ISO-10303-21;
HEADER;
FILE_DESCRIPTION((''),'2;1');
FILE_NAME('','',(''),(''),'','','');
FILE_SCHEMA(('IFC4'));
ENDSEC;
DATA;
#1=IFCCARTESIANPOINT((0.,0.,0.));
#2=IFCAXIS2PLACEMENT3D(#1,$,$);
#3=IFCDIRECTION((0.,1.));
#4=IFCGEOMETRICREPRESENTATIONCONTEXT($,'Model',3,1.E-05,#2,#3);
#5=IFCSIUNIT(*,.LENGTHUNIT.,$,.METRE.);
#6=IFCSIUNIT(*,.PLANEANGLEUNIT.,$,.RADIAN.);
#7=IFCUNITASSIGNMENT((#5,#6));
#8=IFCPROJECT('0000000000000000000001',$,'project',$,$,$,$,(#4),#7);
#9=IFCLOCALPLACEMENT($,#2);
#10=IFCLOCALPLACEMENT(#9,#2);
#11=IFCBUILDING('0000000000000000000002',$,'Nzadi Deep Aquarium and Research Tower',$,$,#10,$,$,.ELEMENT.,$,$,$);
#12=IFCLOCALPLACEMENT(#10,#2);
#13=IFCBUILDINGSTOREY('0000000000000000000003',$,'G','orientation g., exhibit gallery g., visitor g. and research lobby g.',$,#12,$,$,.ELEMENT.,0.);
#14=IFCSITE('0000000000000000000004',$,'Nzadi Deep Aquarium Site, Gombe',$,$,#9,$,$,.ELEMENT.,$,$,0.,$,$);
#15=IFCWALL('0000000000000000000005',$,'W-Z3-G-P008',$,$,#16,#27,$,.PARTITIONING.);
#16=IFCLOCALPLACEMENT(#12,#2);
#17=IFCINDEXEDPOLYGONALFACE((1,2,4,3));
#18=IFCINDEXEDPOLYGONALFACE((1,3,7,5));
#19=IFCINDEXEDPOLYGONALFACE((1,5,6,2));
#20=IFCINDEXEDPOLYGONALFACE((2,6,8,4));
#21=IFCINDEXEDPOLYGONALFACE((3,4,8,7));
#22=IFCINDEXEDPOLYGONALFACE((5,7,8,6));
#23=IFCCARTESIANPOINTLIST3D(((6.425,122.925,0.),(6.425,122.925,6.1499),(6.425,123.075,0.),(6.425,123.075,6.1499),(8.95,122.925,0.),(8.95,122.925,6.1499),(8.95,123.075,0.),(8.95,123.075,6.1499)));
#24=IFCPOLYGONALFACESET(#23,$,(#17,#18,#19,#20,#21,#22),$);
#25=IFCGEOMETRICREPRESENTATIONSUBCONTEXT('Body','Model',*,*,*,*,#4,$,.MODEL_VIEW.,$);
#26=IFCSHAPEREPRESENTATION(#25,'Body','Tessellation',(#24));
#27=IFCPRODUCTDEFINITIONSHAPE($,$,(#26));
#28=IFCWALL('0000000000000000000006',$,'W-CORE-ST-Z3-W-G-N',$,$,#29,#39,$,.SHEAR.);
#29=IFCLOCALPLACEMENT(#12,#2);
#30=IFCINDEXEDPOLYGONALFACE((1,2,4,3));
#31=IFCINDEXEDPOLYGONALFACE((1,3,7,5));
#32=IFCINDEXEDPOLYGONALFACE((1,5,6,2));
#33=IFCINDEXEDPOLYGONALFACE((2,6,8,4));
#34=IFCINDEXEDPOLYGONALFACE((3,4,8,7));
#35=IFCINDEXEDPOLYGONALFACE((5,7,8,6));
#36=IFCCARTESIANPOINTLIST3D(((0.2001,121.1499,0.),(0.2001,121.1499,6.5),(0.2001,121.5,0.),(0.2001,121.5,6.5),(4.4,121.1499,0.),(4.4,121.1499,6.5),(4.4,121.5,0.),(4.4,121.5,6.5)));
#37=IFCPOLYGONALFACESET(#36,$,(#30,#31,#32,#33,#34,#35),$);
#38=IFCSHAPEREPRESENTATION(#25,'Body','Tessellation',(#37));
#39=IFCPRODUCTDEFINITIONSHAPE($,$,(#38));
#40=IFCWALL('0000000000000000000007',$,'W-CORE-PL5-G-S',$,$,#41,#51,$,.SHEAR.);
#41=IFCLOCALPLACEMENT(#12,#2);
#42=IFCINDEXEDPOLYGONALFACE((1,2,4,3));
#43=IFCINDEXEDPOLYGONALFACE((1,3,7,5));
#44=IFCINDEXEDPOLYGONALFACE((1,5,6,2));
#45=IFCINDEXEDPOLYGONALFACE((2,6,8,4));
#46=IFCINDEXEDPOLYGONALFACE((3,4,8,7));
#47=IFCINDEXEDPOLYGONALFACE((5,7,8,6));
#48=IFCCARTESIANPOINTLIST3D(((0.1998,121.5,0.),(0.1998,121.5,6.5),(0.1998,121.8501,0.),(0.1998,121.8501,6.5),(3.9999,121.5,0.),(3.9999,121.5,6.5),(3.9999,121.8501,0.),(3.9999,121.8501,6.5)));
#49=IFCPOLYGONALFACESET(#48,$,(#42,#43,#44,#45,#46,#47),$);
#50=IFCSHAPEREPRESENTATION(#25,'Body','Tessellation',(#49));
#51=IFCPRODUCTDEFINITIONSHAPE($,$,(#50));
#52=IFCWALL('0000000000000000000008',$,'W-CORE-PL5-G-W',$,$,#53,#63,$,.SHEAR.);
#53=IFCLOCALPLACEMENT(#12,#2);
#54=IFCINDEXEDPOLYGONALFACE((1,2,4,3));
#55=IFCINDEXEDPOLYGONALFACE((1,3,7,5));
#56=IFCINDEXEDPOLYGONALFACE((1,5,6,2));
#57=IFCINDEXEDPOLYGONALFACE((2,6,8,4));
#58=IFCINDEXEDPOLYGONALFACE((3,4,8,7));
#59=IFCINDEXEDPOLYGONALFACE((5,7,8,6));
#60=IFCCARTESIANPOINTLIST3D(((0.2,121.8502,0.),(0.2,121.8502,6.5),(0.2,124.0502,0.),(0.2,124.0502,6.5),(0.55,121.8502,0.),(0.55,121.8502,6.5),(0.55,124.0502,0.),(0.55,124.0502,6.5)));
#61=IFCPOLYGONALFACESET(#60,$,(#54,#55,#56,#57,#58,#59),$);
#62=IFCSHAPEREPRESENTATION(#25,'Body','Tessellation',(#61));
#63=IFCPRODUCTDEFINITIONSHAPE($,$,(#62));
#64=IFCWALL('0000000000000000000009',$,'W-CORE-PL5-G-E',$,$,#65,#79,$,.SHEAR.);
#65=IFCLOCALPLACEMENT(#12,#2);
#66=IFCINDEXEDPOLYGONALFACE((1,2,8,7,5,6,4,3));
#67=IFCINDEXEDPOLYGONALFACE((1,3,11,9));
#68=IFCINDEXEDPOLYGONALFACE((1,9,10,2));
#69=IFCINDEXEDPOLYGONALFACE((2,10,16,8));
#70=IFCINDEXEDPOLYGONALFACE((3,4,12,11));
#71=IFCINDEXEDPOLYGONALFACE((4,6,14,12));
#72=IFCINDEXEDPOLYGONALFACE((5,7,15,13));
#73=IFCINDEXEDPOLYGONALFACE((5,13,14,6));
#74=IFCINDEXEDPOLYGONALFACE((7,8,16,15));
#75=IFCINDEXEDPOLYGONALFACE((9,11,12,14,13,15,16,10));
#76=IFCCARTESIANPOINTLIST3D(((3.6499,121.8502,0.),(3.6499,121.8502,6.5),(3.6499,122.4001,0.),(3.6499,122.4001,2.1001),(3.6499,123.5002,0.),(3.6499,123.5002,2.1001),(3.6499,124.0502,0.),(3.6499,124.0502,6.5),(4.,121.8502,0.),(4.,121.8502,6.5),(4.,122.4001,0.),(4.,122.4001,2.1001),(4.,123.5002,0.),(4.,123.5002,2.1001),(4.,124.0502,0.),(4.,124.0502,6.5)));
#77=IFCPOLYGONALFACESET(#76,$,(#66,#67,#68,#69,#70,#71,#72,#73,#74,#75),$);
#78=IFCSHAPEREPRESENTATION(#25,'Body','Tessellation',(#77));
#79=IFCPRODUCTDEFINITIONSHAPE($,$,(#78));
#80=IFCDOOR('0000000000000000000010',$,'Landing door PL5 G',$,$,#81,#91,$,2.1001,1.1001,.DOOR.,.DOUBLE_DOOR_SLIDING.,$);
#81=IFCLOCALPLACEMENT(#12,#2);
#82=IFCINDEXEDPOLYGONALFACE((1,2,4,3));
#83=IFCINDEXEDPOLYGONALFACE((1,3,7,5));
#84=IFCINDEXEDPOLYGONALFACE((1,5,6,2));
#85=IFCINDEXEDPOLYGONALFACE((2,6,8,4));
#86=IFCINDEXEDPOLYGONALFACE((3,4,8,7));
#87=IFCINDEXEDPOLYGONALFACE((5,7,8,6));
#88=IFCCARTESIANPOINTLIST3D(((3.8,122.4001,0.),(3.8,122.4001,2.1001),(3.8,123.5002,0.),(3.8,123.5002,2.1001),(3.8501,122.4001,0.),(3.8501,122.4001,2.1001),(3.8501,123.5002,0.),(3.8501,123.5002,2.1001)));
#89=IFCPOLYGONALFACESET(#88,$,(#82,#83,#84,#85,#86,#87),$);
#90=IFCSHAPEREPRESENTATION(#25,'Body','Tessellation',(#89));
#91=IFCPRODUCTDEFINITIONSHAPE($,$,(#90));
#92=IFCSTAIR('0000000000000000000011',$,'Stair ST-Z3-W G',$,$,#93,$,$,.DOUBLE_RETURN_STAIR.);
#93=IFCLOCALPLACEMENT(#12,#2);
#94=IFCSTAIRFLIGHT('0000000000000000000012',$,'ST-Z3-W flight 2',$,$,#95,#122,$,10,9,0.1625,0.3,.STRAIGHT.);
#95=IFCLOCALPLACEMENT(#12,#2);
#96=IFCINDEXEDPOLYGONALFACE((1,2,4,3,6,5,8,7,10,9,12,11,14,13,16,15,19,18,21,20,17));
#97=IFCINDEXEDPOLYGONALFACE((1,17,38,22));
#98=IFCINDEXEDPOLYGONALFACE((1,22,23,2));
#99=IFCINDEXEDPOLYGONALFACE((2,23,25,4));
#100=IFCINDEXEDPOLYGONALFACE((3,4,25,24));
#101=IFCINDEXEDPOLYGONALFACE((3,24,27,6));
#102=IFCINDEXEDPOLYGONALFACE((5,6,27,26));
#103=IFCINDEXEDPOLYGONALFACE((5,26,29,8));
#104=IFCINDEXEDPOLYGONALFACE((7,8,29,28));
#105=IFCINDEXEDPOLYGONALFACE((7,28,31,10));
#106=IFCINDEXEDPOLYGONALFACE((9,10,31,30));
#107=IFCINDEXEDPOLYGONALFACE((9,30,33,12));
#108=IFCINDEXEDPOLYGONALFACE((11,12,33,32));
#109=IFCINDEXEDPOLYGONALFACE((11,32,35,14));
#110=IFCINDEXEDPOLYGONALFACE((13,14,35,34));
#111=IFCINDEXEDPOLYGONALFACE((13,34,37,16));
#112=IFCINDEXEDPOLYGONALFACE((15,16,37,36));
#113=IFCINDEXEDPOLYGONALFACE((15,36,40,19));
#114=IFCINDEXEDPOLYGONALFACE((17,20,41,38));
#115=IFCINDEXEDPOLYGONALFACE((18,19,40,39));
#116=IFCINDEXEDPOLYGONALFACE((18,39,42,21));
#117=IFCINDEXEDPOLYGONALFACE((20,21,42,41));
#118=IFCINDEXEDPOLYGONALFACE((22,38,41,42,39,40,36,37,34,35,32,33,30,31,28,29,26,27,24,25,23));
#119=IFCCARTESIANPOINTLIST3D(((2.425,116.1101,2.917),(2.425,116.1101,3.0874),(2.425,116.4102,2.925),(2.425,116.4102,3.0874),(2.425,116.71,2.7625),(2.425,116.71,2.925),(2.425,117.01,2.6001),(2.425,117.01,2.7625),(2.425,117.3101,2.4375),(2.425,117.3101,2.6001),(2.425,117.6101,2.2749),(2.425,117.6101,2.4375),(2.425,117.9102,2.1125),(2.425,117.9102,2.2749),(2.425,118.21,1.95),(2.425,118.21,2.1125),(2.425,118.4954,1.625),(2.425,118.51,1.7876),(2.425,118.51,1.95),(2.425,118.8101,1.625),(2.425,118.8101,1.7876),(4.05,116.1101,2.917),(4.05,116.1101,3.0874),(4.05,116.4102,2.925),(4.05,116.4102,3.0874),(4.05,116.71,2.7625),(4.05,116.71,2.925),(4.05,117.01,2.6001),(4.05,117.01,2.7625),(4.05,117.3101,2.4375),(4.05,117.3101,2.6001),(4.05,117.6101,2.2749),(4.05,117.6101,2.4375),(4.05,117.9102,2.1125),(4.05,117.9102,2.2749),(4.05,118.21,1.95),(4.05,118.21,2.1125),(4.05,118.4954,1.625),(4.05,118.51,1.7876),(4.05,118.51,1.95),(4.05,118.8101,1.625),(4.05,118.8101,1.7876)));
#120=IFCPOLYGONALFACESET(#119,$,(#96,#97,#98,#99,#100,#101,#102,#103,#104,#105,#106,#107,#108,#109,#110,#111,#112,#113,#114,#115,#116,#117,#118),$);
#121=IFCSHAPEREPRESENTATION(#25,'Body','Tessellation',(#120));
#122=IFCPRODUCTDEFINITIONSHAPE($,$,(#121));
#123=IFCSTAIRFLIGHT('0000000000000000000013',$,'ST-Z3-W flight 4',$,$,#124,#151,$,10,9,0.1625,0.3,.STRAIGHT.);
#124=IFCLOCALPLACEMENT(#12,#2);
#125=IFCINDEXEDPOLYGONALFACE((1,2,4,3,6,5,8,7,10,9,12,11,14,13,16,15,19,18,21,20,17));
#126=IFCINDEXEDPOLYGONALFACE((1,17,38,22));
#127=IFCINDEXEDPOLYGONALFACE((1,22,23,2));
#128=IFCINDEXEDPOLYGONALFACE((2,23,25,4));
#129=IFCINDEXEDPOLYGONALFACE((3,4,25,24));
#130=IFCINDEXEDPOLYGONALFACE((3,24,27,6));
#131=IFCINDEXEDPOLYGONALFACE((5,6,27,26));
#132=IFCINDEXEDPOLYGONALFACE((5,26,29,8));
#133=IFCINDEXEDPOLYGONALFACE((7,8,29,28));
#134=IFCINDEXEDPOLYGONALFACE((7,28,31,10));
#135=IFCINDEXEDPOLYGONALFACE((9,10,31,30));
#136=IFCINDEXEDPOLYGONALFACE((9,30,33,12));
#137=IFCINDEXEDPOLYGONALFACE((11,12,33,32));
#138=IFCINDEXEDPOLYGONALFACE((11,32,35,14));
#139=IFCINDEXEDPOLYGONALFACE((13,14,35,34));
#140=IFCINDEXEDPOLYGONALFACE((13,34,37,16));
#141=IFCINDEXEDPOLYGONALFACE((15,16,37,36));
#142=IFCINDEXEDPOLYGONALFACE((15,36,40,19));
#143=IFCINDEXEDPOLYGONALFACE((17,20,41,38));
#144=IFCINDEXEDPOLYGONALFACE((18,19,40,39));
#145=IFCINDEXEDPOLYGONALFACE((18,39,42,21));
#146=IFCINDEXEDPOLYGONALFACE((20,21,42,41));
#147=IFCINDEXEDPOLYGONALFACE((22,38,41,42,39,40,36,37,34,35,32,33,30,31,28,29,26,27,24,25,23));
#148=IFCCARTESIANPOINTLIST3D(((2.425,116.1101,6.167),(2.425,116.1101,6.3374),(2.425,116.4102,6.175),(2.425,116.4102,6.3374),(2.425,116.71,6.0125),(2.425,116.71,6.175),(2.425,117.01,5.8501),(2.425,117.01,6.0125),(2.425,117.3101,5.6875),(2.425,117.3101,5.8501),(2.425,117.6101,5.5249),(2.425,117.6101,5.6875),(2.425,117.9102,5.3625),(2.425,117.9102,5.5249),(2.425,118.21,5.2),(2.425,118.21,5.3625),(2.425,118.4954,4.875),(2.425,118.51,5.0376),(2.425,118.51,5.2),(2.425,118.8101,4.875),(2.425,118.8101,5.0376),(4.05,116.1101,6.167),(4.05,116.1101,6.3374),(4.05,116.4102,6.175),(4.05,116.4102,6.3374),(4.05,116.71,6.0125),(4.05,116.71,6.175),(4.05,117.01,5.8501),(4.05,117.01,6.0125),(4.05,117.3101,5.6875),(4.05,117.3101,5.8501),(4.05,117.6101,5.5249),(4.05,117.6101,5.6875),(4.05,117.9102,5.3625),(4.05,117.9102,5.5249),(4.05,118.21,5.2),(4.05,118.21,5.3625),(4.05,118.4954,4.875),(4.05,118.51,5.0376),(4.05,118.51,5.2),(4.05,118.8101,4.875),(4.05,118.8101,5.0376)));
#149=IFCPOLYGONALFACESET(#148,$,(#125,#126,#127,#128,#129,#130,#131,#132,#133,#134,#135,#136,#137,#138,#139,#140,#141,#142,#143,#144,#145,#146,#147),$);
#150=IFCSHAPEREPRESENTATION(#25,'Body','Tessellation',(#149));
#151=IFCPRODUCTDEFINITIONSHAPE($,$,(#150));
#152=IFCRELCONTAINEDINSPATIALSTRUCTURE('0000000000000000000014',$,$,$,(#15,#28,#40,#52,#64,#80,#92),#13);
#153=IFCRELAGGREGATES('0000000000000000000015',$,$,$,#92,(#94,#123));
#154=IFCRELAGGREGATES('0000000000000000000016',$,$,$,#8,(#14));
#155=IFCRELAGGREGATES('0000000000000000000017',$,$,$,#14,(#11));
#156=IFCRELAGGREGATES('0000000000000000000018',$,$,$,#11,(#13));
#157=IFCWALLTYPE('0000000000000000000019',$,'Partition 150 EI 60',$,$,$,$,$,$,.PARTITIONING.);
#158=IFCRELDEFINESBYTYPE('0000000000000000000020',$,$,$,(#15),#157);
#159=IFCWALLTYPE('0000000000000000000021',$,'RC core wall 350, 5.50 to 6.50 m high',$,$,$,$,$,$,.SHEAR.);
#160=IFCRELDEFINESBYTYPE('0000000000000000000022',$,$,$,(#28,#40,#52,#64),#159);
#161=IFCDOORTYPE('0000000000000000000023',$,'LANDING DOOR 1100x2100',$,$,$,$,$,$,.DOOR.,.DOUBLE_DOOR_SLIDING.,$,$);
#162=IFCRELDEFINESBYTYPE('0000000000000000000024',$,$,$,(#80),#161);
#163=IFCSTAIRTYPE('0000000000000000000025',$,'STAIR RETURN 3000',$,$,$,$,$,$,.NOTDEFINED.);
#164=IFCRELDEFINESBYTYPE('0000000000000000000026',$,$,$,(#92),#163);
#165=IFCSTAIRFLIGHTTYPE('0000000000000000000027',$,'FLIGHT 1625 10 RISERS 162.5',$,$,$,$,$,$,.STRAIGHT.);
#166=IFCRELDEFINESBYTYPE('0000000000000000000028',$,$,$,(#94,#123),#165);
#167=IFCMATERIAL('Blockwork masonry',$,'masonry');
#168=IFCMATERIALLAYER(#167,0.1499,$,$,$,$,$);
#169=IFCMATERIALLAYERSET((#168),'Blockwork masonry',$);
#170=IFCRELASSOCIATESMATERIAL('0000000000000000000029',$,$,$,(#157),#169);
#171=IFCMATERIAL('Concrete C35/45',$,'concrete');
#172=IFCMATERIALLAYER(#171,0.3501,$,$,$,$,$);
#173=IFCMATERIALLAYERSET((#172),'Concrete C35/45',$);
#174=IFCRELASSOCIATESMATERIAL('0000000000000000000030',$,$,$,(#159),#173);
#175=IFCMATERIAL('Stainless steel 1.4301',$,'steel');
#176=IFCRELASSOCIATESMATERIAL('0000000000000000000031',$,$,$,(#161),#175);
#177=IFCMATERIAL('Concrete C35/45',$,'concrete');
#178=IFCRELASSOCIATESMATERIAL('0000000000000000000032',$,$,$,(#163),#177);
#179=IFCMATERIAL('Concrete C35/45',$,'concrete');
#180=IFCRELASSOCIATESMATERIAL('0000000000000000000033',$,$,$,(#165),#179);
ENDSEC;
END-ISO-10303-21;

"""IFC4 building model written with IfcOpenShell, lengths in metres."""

from ifc_helpers import new_model, si_unit, direction, frame, frame_2d, origin, place, context, subcontext, project, spatial, polyline, rectangle, outline, extrude, material, layer, layer_set, type_object, element, fill, aggregate, save


model = new_model("IFC4")

# Units and contexts
model_context = context("Model", 3, precision=1e-05, world=origin(), true_north=direction((0.0, 1.0)))
body_context = subcontext(model_context, "Body", "Model", "MODEL_VIEW")
ifc_project = project(units=[si_unit("LENGTHUNIT", "METRE"), si_unit("PLANEANGLEUNIT", "RADIAN")], contexts=[model_context])

# Site, building, storey
site_placement = place(None, origin())
site = spatial("IfcSite", under=ifc_project, at=site_placement, Name="Nzadi Deep Aquarium Site, Gombe", CompositionType="ELEMENT", RefElevation=0.0)
building_placement = place(site_placement, origin())
building = spatial("IfcBuilding", under=site, at=building_placement, Name="Nzadi Deep Aquarium and Research Tower", CompositionType="ELEMENT")
storey_placement = place(building_placement, origin())
storey = spatial("IfcBuildingStorey", under=building, at=storey_placement, Name="G", Description="orientation g., exhibit gallery g., visitor g. and research lobby g.", CompositionType="ELEMENT", Elevation=0.0)

# Walls
ifc_material_1 = material(Name="Blockwork masonry", Category="masonry")
ifc_layer_1 = layer(ifc_material_1, 0.1499)
ifc_layer_set_1 = layer_set([ifc_layer_1], Name="Blockwork masonry")
wall_type_1 = type_object("IfcWallType", Name="Partition 150 EI 60", PredefinedType="PARTITIONING", material=ifc_layer_set_1)
wall_1_placement = place(storey_placement, frame((6.425, 123.0, 0.0), z_axis=(0.0, 0.0, 1.0), x_axis=(1.0, 0.0, 0.0)))
element("IfcWall", 1, at=wall_1_placement, inside=storey, type_object=wall_type_1, Name="W-Z3-G-P008", PredefinedType="PARTITIONING", context=body_context, shape_type="SweptSolid", body=[
    extrude(rectangle(XDim=2.5249, YDim=0.1499, at=frame_2d((1.2625, 0.0))), origin(), (0.0, 0.0, 1.0), 6.1499),
])
ifc_material_2 = material(Name="Concrete C35/45", Category="concrete")
ifc_layer_2 = layer(ifc_material_2, 0.3501)
ifc_layer_set_2 = layer_set([ifc_layer_2], Name="Concrete C35/45")
wall_type_2 = type_object("IfcWallType", Name="RC core wall 350, 5.50 to 6.50 m high", PredefinedType="SHEAR", material=ifc_layer_set_2)
wall_2_placement = place(storey_placement, frame((0.2, 121.325, 0.0), z_axis=(0.0, 0.0, 1.0), x_axis=(1.0, 0.0, 0.0)))
element("IfcWall", 2, at=wall_2_placement, inside=storey, type_object=wall_type_2, Name="W-CORE-ST-Z3-W-G-N", PredefinedType="SHEAR", context=body_context, shape_type="SweptSolid", body=[
    extrude(rectangle(XDim=4.2, YDim=0.3501, at=frame_2d((2.1001, 0.0))), origin(), (0.0, 0.0, 1.0), 6.5),
])
wall_3_placement = place(storey_placement, frame((0.2, 121.675, 0.0), z_axis=(0.0, 0.0, 1.0), x_axis=(1.0, 0.0, 0.0)))
element("IfcWall", 3, at=wall_3_placement, inside=storey, type_object=wall_type_2, Name="W-CORE-PL5-G-S", PredefinedType="SHEAR", context=body_context, shape_type="SweptSolid", body=[
    extrude(rectangle(XDim=3.8, YDim=0.3501, at=frame_2d((1.8999, 0.0))), origin(), (0.0, 0.0, 1.0), 6.5),
])
wall_4_placement = place(storey_placement, frame((0.375, 121.8501, 0.0), z_axis=(0.0, 0.0, 1.0), x_axis=(0.0, 1.0, 0.0)))
element("IfcWall", 4, at=wall_4_placement, inside=storey, type_object=wall_type_2, Name="W-CORE-PL5-G-W", PredefinedType="SHEAR", context=body_context, shape_type="SweptSolid", body=[
    extrude(rectangle(XDim=2.2, YDim=0.3501, at=frame_2d((1.1001, 0.0))), origin(), (0.0, 0.0, 1.0), 6.5),
])

# Wall, opening, door
wall_5_placement = place(storey_placement, frame((3.825, 121.8501, 0.0), z_axis=(0.0, 0.0, 1.0), x_axis=(0.0, 1.0, 0.0)))
wall_5 = element("IfcWall", 5, at=wall_5_placement, inside=storey, type_object=wall_type_2, Name="W-CORE-PL5-G-E", PredefinedType="SHEAR", context=body_context, shape_type="SweptSolid", body=[
    extrude(rectangle(XDim=2.2, YDim=0.3501, at=frame_2d((1.1001, 0.0))), origin(), (0.0, 0.0, 1.0), 6.5),
])
opening_placement = place(wall_5_placement, frame((0.55, 0.0, 0.0)))
opening = element("IfcOpeningElement", 6, at=opening_placement, cuts=wall_5, PredefinedType="OPENING", context=body_context, shape_type="SweptSolid", body=[
    extrude(rectangle(XDim=1.1001, YDim=2.1001, at=frame_2d((0.55, 1.05))), frame((0.0, 0.1851, 0.0), z_axis=(0.0, -1.0, 0.0), x_axis=(1.0, 0.0, 0.0)), (0.0, 0.0, 1.0), 0.3701),
])
ifc_material_3 = material(Name="Stainless steel 1.4301", Category="steel")
door_type = type_object("IfcDoorType", Name="LANDING DOOR 1100x2100", OperationType="DOUBLE_DOOR_SLIDING", PredefinedType="DOOR", material=ifc_material_3)
door_placement = place(opening_placement, origin())
door = element("IfcDoor", 7, at=door_placement, inside=storey, type_object=door_type, Name="Landing door PL5 G", OperationType="DOUBLE_DOOR_SLIDING", OverallHeight=2.1001, OverallWidth=1.1001, PredefinedType="DOOR", context=body_context, shape_type="SweptSolid", body=[
    extrude(rectangle(XDim=1.1001, YDim=2.1001, at=frame_2d((0.55, 1.05))), frame((0.0, 0.0249, 0.0), z_axis=(0.0, -1.0, 0.0), x_axis=(1.0, 0.0, 0.0)), (0.0, 0.0, 1.0), 0.05),
])
fill(opening, door)

# Stair, stair flights
ifc_material_4 = material(Name="Concrete C35/45", Category="concrete")
stair_type = type_object("IfcStairType", Name="STAIR RETURN 3000", PredefinedType="NOTDEFINED", material=ifc_material_4)
stair_placement = place(storey_placement, origin())
stair = element("IfcStair", 8, at=stair_placement, inside=storey, type_object=stair_type, Name="Stair ST-Z3-W G", PredefinedType="DOUBLE_RETURN_STAIR")
ifc_material_5 = material(Name="Concrete C35/45", Category="concrete")
stair_flight_type = type_object("IfcStairFlightType", Name="FLIGHT 1625 10 RISERS 162.5", PredefinedType="STRAIGHT", material=ifc_material_5)
stair_flight_1_placement = place(storey_placement, frame((3.2375, 118.8101, 1.625), z_axis=(0.0, 0.0, 1.0), x_axis=(0.0, -1.0, 0.0)))
stair_flight_1 = element("IfcStairFlight", 9, at=stair_flight_1_placement, type_object=stair_flight_type, Name="ST-Z3-W flight 2", NumberOfRisers=10, NumberOfTreads=9, PredefinedType="STRAIGHT", RiserHeight=0.1625, TreadLength=0.3, context=body_context, shape_type="SweptSolid", body=[
    extrude(outline(polyline([(0.0, 0.0), (0.0, 0.1626), (0.3, 0.1626), (0.3, 0.325), (0.6001, 0.325), (0.6001, 0.4875), (0.8999, 0.4875), (0.8999, 0.6499), (1.2, 0.6499), (1.2, 0.8125), (1.5, 0.8125), (1.5, 0.9751), (1.8, 0.9751), (1.8, 1.1375), (2.1001, 1.1375), (2.1001, 1.3), (2.3999, 1.3), (2.3999, 1.4624), (2.7, 1.4624), (2.7, 1.625), (2.7, 1.292), (0.3147, 0.0), (0.0, 0.0)])), frame((0.0, 0.8125, 0.0), z_axis=(0.0, -1.0, 0.0), x_axis=(1.0, 0.0, 0.0)), (0.0, 0.0, 1.0), 1.625),
])
stair_flight_2_placement = place(storey_placement, frame((3.2375, 118.8101, 4.875), z_axis=(0.0, 0.0, 1.0), x_axis=(0.0, -1.0, 0.0)))
stair_flight_2 = element("IfcStairFlight", 10, at=stair_flight_2_placement, type_object=stair_flight_type, Name="ST-Z3-W flight 4", NumberOfRisers=10, NumberOfTreads=9, PredefinedType="STRAIGHT", RiserHeight=0.1625, TreadLength=0.3, context=body_context, shape_type="SweptSolid", body=[
    extrude(outline(polyline([(0.0, 0.0), (0.0, 0.1626), (0.3, 0.1626), (0.3, 0.325), (0.6001, 0.325), (0.6001, 0.4875), (0.8999, 0.4875), (0.8999, 0.6499), (1.2, 0.6499), (1.2, 0.8125), (1.5, 0.8125), (1.5, 0.9751), (1.8, 0.9751), (1.8, 1.1375), (2.1001, 1.1375), (2.1001, 1.3), (2.3999, 1.3), (2.3999, 1.4624), (2.7, 1.4624), (2.7, 1.625), (2.7, 1.292), (0.3147, 0.0), (0.0, 0.0)])), frame((0.0, 0.8125, 0.0), z_axis=(0.0, -1.0, 0.0), x_axis=(1.0, 0.0, 0.0)), (0.0, 0.0, 1.0), 1.625),
])
aggregate(stair, [stair_flight_1, stair_flight_2])

save(model, "model.ifc")
